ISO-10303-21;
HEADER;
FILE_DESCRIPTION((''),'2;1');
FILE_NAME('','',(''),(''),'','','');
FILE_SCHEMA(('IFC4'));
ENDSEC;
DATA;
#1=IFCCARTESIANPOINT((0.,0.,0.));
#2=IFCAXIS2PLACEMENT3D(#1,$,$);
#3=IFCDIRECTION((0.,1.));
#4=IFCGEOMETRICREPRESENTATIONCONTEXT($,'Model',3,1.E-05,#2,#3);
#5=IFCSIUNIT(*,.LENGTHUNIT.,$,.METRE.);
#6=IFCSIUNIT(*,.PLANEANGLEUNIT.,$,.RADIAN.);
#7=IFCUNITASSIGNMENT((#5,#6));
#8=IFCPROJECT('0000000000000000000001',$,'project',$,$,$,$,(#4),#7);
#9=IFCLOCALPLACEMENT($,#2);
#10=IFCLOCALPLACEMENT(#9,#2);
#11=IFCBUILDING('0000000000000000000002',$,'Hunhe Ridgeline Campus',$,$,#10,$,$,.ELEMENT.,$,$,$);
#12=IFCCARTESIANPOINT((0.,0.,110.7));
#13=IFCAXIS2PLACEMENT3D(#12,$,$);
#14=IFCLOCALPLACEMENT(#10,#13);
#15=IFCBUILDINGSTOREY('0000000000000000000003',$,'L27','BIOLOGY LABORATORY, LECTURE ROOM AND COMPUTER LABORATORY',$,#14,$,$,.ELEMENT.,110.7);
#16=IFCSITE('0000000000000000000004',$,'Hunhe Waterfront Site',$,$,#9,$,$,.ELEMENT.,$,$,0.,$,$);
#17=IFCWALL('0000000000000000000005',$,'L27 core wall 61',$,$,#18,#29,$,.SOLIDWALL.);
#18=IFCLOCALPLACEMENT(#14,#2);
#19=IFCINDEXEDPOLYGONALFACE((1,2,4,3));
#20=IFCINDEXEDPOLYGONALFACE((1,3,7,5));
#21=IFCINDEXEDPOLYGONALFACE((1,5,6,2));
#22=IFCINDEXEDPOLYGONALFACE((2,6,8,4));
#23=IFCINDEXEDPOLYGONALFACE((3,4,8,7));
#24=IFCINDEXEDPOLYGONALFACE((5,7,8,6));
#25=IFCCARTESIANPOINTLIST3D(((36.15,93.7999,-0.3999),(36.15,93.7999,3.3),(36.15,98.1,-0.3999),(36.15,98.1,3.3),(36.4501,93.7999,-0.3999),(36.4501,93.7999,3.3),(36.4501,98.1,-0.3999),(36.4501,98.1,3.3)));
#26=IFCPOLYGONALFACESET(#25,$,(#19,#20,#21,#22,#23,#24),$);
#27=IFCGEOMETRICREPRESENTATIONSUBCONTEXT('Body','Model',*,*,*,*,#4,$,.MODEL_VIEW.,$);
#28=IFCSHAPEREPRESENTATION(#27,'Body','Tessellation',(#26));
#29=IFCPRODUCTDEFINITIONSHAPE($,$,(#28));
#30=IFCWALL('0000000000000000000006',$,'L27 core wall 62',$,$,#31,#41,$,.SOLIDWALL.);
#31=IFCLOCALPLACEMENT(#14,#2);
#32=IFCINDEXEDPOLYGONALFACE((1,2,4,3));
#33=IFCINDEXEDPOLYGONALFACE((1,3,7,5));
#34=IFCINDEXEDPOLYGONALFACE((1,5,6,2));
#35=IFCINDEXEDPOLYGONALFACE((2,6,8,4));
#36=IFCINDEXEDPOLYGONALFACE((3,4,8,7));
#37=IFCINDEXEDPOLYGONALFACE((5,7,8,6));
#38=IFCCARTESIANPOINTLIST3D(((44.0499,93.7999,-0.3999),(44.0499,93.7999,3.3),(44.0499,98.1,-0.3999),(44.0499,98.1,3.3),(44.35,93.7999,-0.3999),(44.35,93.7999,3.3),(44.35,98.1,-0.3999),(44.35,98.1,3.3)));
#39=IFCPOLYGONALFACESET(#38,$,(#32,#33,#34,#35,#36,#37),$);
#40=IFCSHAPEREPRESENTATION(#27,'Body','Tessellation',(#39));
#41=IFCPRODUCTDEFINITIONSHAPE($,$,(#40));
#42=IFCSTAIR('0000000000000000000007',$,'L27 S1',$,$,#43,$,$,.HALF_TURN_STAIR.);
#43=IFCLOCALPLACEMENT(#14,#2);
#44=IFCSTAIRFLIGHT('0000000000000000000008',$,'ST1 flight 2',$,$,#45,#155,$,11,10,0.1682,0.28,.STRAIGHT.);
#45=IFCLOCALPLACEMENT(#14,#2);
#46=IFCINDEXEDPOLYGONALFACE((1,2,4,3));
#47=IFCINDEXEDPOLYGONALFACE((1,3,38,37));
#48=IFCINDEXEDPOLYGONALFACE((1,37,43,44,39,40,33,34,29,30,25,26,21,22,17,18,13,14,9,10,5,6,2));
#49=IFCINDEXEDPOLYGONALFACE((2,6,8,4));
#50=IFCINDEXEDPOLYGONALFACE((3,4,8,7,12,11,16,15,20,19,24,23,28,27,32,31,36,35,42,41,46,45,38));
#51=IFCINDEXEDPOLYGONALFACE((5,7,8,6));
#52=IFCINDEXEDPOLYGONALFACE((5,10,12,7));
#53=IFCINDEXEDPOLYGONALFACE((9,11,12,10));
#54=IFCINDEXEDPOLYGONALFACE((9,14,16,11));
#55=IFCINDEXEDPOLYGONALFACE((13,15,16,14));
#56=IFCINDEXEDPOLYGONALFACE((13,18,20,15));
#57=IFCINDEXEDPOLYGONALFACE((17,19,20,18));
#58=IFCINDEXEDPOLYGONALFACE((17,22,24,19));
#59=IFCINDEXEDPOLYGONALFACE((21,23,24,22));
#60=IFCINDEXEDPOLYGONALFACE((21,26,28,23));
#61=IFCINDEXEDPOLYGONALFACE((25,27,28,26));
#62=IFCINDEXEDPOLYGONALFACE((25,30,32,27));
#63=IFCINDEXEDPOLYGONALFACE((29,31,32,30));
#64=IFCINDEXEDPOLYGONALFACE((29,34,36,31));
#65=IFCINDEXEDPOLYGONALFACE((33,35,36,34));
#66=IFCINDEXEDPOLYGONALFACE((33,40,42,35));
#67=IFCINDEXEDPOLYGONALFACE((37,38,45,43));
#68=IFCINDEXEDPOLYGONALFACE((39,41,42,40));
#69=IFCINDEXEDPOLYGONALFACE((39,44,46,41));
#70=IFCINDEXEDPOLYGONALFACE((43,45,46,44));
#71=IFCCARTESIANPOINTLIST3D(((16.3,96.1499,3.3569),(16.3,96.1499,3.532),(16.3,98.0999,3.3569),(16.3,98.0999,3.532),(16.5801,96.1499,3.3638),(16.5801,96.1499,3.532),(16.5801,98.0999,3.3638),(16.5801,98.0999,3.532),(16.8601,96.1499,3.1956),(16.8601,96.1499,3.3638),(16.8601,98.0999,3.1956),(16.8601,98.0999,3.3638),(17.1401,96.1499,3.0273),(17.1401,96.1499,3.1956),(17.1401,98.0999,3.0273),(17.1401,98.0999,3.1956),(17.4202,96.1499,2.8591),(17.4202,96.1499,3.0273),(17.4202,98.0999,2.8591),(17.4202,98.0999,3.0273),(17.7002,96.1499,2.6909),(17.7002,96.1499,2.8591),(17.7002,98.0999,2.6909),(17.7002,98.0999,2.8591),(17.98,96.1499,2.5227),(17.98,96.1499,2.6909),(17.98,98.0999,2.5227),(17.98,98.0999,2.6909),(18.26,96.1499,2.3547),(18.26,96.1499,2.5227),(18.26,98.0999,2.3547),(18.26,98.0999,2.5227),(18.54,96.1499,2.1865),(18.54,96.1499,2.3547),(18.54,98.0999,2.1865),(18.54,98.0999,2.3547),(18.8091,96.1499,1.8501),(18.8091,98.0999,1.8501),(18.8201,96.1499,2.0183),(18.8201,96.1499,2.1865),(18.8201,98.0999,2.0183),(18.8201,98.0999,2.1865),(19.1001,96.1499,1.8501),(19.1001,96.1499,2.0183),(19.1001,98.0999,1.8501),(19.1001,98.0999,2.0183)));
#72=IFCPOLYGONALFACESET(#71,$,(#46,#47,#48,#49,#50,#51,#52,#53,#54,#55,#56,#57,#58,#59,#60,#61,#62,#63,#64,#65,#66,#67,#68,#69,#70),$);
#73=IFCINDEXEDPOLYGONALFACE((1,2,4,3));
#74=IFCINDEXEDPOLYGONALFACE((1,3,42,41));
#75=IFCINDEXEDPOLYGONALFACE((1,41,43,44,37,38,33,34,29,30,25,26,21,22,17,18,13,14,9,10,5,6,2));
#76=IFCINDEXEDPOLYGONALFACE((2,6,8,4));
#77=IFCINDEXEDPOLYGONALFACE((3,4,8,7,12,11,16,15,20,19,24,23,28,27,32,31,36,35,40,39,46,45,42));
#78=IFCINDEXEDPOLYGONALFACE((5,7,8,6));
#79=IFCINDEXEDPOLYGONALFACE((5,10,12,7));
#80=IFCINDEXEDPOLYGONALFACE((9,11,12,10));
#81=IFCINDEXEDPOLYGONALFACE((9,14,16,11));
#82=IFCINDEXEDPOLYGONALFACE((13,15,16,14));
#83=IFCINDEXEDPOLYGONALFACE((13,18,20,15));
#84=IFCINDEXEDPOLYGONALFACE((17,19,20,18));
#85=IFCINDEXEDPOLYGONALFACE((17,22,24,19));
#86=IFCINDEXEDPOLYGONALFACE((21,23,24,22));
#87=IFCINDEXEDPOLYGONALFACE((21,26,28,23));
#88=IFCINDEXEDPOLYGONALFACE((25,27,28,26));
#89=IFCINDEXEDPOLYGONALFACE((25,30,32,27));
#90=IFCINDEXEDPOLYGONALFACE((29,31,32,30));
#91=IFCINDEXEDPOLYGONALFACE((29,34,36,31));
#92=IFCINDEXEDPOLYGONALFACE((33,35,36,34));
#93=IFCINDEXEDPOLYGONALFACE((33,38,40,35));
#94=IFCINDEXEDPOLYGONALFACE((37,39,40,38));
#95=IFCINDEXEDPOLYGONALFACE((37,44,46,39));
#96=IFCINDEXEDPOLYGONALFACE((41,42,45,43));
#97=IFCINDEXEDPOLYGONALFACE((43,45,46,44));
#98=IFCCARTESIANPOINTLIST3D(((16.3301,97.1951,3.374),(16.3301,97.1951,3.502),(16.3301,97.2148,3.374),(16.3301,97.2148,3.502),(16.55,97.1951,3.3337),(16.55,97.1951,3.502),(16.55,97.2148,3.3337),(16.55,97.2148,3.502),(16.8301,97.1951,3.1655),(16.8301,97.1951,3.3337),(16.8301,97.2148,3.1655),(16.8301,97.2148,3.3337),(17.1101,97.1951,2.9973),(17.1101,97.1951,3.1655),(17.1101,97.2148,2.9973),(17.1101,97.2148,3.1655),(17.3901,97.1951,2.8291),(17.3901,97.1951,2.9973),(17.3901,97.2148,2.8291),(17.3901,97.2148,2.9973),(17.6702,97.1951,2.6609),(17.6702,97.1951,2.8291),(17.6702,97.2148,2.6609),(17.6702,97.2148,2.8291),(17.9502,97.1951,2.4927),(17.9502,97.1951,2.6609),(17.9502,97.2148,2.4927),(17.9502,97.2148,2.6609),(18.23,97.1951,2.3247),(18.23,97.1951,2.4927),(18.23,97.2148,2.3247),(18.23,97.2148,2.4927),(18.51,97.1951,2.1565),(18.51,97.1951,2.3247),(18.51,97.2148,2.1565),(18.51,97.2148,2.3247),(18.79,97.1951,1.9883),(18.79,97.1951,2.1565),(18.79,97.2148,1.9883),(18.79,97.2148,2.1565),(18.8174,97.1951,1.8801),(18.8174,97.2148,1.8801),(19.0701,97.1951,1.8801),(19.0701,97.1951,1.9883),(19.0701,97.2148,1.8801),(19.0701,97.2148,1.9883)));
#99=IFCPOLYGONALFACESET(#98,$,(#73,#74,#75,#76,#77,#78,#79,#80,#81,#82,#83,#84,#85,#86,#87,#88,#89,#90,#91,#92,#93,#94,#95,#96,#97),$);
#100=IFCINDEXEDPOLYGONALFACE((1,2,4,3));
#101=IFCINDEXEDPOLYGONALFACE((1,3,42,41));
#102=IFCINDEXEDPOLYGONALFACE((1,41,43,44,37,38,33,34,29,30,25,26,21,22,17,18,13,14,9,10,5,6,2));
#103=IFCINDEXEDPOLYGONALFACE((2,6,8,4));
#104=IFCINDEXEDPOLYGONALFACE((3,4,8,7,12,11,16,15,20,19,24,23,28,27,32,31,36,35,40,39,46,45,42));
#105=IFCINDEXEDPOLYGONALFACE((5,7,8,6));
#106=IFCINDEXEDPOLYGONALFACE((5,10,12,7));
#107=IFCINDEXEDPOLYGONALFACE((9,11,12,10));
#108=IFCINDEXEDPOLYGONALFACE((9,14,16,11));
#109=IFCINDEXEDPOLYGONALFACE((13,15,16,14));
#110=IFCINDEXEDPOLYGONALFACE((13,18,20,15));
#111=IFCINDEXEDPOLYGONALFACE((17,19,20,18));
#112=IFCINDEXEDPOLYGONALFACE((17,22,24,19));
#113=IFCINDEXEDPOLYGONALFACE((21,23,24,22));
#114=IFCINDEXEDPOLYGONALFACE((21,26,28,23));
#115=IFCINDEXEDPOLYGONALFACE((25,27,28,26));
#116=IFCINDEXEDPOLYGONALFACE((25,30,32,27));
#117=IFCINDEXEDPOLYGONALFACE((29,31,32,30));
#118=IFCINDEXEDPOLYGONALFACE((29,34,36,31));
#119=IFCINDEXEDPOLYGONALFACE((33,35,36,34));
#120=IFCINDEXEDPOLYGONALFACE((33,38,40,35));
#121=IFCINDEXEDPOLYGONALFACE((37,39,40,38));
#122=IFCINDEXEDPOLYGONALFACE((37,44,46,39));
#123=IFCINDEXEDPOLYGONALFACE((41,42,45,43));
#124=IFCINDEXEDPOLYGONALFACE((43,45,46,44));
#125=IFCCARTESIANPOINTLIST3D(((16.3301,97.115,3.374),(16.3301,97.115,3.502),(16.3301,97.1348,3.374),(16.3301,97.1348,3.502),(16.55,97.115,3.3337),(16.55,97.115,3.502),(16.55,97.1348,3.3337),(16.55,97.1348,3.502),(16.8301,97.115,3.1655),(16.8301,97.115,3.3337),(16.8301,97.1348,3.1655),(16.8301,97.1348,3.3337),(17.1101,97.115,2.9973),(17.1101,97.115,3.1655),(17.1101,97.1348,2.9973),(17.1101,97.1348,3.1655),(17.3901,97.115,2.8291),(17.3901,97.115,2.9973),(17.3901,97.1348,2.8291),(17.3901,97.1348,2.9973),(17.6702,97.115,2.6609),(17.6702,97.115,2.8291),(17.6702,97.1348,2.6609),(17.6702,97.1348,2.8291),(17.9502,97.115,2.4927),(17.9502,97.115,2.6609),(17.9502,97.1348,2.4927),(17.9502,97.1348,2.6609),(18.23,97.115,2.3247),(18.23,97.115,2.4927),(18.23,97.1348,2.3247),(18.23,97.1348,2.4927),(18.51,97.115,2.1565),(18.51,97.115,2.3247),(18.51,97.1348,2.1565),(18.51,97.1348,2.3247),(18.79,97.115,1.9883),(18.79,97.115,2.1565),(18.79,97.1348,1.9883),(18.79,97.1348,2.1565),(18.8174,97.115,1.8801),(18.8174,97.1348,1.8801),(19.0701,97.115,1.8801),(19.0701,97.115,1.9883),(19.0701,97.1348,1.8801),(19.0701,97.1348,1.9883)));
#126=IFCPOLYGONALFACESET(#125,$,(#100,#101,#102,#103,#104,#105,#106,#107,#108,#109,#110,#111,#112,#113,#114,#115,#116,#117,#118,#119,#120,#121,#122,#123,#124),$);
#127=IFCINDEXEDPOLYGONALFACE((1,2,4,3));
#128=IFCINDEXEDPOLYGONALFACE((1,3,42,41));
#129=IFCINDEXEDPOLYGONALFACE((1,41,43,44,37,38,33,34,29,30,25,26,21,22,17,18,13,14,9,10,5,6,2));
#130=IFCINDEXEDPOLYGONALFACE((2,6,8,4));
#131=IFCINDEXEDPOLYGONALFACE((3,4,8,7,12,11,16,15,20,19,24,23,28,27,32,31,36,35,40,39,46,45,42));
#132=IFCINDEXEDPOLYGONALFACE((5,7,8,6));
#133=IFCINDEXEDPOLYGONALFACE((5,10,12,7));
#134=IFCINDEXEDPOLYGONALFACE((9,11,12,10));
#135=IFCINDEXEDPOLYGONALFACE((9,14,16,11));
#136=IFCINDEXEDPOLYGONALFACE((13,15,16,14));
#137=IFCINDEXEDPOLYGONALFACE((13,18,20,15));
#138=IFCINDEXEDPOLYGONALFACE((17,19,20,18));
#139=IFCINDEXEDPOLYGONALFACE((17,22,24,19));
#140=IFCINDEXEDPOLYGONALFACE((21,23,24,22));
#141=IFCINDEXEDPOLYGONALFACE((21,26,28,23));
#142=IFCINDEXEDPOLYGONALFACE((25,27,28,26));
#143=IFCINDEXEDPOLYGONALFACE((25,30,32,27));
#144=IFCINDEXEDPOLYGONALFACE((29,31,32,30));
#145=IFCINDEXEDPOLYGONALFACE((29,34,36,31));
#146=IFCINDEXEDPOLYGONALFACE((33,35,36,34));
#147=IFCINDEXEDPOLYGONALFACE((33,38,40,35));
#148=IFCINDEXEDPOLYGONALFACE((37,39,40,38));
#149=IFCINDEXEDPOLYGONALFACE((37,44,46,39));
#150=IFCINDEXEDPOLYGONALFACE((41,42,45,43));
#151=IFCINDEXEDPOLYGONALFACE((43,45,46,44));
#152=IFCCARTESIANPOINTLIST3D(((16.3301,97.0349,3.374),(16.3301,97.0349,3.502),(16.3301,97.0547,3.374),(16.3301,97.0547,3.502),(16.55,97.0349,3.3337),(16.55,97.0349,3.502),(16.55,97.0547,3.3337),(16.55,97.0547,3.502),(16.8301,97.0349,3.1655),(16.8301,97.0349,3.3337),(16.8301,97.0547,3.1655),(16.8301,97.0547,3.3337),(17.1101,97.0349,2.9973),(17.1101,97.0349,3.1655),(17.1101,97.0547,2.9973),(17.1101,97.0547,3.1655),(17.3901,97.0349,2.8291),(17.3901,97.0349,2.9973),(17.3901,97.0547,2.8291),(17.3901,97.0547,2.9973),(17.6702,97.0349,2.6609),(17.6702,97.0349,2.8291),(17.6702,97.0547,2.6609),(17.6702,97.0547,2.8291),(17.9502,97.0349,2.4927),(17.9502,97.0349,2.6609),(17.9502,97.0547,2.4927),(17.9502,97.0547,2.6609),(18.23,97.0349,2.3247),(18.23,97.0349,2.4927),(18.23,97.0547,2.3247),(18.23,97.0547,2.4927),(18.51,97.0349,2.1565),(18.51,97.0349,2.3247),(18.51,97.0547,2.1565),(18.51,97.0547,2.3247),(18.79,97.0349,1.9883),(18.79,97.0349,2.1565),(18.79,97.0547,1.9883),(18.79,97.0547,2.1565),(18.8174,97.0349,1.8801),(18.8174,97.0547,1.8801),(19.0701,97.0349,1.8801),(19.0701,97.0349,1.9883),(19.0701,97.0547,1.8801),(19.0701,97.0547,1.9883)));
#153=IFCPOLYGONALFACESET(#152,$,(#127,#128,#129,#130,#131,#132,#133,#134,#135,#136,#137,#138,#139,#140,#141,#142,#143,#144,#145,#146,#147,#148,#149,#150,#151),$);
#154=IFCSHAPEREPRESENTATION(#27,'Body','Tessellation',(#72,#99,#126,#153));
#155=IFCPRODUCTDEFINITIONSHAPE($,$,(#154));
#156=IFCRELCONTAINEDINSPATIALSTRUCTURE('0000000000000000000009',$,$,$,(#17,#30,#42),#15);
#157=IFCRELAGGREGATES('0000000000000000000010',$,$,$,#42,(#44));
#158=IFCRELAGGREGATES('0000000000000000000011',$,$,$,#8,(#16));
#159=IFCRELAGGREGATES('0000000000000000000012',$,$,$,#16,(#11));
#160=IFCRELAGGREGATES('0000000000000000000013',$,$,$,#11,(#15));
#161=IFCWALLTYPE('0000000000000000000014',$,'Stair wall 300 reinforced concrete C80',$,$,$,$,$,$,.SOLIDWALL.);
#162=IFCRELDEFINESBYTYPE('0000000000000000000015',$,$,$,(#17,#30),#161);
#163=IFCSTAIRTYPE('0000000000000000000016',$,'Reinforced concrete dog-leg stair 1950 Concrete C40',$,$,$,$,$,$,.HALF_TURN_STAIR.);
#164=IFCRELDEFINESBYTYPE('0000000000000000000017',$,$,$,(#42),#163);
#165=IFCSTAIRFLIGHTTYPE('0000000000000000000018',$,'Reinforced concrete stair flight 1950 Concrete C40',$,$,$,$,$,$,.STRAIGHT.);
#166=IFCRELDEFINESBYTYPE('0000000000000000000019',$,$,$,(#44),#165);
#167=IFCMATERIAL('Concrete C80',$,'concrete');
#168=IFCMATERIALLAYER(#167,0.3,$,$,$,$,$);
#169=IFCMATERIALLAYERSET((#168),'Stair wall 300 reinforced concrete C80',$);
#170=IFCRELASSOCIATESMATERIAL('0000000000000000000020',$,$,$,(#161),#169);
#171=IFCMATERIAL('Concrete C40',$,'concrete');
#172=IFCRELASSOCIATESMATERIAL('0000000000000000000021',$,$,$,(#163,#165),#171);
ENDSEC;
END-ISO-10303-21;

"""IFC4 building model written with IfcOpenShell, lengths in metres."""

from ifc_helpers import new_model, si_unit, direction, frame, frame_2d, origin, place, context, subcontext, project, spatial, polyline, rectangle, outline, extrude, material, layer, layer_set, type_object, element, aggregate, save


model = new_model("IFC4")

# Units and contexts
model_context = context("Model", 3, precision=1e-05, world=origin(), true_north=direction((0.0, 1.0)))
body_context = subcontext(model_context, "Body", "Model", "MODEL_VIEW")
ifc_project = project(units=[si_unit("LENGTHUNIT", "METRE"), si_unit("PLANEANGLEUNIT", "RADIAN")], contexts=[model_context])

# Site, building, storey
site_placement = place(None, origin())
site = spatial("IfcSite", under=ifc_project, at=site_placement, Name="Hunhe Waterfront Site", CompositionType="ELEMENT", RefElevation=0.0)
building_placement = place(site_placement, origin())
building = spatial("IfcBuilding", under=site, at=building_placement, Name="Hunhe Ridgeline Campus", CompositionType="ELEMENT")
storey_placement = place(building_placement, frame((0.0, 0.0, 110.7)))
storey = spatial("IfcBuildingStorey", under=building, at=storey_placement, Name="L27", Description="BIOLOGY LABORATORY, LECTURE ROOM AND COMPUTER LABORATORY", CompositionType="ELEMENT", Elevation=110.7)

# Shared definitions
ifc_material_1 = material(Name="Concrete C80", Category="concrete")

# Shared definitions
ifc_layer_1 = layer(ifc_material_1, 0.3)
ifc_layer_set_1 = layer_set([ifc_layer_1], Name="Stair wall 300 reinforced concrete C80")
wall_type_1 = type_object("IfcWallType", Name="Stair wall 300 reinforced concrete C80", PredefinedType="SOLIDWALL", material=ifc_layer_set_1)

# Walls
for number, where, z_axis, x_axis, name in (
    (1, (36.3, 93.8, -0.3999), (0.0, 0.0, 1.0), (0.0, 1.0, 0.0), "L27 core wall 61"),
    (2, (44.2, 93.8, -0.3999), (0.0, 0.0, 1.0), (0.0, 1.0, 0.0), "L27 core wall 62"),
):
    element("IfcWall", number, at=place(storey_placement, frame(where, z_axis=z_axis, x_axis=x_axis)), inside=storey, type_object=wall_type_1, Name=name, PredefinedType="SOLIDWALL", context=body_context, shape_type="SweptSolid", body=[
        extrude(rectangle(XDim=4.3, YDim=0.3, at=frame_2d((2.1499, 0.0))), origin(), (0.0, 0.0, 1.0), 3.7),
    ])

# Stair, stair flight
ifc_material_2 = material(Name="Concrete C40", Category="concrete")
stair_type = type_object("IfcStairType", Name="Reinforced concrete dog-leg stair 1950 Concrete C40", PredefinedType="HALF_TURN_STAIR", material=ifc_material_2)
stair_1_placement = place(storey_placement, origin())
stair_1 = element("IfcStair", 3, at=stair_1_placement, inside=storey, type_object=stair_type, Name="L27 S1", PredefinedType="HALF_TURN_STAIR")
stair_flight_type = type_object("IfcStairFlightType", Name="Reinforced concrete stair flight 1950 Concrete C40", PredefinedType="STRAIGHT", material=ifc_material_2)
stair_flight_1_placement = place(storey_placement, frame((19.1001, 97.125, 1.8501), z_axis=(0.0, 0.0, 1.0), x_axis=(-1.0, 0.0, 0.0)))
stair_flight_1 = element("IfcStairFlight", 4, at=stair_flight_1_placement, type_object=stair_flight_type, Name="ST1 flight 2", NumberOfRisers=11, NumberOfTreads=10, PredefinedType="STRAIGHT", RiserHeight=0.1682, TreadLength=0.28, context=body_context, shape_type="SweptSolid", body=[
    extrude(outline(polyline([(0.0, 0.0), (0.0, 0.1682), (0.28, 0.1682), (0.28, 0.3364), (0.5601, 0.3364), (0.5601, 0.5046), (0.8401, 0.5046), (0.8401, 0.6726), (1.1201, 0.6726), (1.1201, 0.8408), (1.3999, 0.8408), (1.3999, 1.009), (1.6799, 1.009), (1.6799, 1.1772), (1.96, 1.1772), (1.96, 1.3455), (2.24, 1.3455), (2.24, 1.5137), (2.52, 1.5137), (2.52, 1.6819), (2.8, 1.6819), (2.8, 1.8501), (2.8, 1.5068), (0.291, 0.0), (0.0, 0.0)])), frame((0.0, 0.9751, 0.0), z_axis=(0.0, -1.0, 0.0), x_axis=(1.0, 0.0, 0.0)), (0.0, 0.0, 1.0), 1.95),
    extrude(outline(polyline([(0.03, 0.03), (0.03, 0.1382), (0.3101, 0.1382), (0.3101, 0.3064), (0.5901, 0.3064), (0.5901, 0.4746), (0.8701, 0.4746), (0.8701, 0.6426), (1.1499, 0.6426), (1.1499, 0.8108), (1.4299, 0.8108), (1.4299, 0.979), (1.71, 0.979), (1.71, 1.1472), (1.99, 1.1472), (1.99, 1.3154), (2.27, 1.3154), (2.27, 1.4836), (2.55, 1.4836), (2.55, 1.6519), (2.77, 1.6519), (2.77, 1.5239), (0.2827, 0.03), (0.03, 0.03)])), frame((0.0, -0.0701, 0.0), z_axis=(0.0, -1.0, 0.0), x_axis=(1.0, 0.0, 0.0)), (0.0, 0.0, 1.0), 0.0198),
    extrude(outline(polyline([(0.03, 0.03), (0.03, 0.1382), (0.3101, 0.1382), (0.3101, 0.3064), (0.5901, 0.3064), (0.5901, 0.4746), (0.8701, 0.4746), (0.8701, 0.6426), (1.1499, 0.6426), (1.1499, 0.8108), (1.4299, 0.8108), (1.4299, 0.979), (1.71, 0.979), (1.71, 1.1472), (1.99, 1.1472), (1.99, 1.3154), (2.27, 1.3154), (2.27, 1.4836), (2.55, 1.4836), (2.55, 1.6519), (2.77, 1.6519), (2.77, 1.5239), (0.2827, 0.03), (0.03, 0.03)])), frame((0.0, 0.01, 0.0), z_axis=(0.0, -1.0, 0.0), x_axis=(1.0, 0.0, 0.0)), (0.0, 0.0, 1.0), 0.0198),
    extrude(outline(polyline([(0.03, 0.03), (0.03, 0.1382), (0.3101, 0.1382), (0.3101, 0.3064), (0.5901, 0.3064), (0.5901, 0.4746), (0.8701, 0.4746), (0.8701, 0.6426), (1.1499, 0.6426), (1.1499, 0.8108), (1.4299, 0.8108), (1.4299, 0.979), (1.71, 0.979), (1.71, 1.1472), (1.99, 1.1472), (1.99, 1.3154), (2.27, 1.3154), (2.27, 1.4836), (2.55, 1.4836), (2.55, 1.6519), (2.77, 1.6519), (2.77, 1.5239), (0.2827, 0.03), (0.03, 0.03)])), frame((0.0, 0.0901, 0.0), z_axis=(0.0, -1.0, 0.0), x_axis=(1.0, 0.0, 0.0)), (0.0, 0.0, 1.0), 0.0198),
])
aggregate(stair_1, [stair_flight_1])

save(model, "model.ifc")
